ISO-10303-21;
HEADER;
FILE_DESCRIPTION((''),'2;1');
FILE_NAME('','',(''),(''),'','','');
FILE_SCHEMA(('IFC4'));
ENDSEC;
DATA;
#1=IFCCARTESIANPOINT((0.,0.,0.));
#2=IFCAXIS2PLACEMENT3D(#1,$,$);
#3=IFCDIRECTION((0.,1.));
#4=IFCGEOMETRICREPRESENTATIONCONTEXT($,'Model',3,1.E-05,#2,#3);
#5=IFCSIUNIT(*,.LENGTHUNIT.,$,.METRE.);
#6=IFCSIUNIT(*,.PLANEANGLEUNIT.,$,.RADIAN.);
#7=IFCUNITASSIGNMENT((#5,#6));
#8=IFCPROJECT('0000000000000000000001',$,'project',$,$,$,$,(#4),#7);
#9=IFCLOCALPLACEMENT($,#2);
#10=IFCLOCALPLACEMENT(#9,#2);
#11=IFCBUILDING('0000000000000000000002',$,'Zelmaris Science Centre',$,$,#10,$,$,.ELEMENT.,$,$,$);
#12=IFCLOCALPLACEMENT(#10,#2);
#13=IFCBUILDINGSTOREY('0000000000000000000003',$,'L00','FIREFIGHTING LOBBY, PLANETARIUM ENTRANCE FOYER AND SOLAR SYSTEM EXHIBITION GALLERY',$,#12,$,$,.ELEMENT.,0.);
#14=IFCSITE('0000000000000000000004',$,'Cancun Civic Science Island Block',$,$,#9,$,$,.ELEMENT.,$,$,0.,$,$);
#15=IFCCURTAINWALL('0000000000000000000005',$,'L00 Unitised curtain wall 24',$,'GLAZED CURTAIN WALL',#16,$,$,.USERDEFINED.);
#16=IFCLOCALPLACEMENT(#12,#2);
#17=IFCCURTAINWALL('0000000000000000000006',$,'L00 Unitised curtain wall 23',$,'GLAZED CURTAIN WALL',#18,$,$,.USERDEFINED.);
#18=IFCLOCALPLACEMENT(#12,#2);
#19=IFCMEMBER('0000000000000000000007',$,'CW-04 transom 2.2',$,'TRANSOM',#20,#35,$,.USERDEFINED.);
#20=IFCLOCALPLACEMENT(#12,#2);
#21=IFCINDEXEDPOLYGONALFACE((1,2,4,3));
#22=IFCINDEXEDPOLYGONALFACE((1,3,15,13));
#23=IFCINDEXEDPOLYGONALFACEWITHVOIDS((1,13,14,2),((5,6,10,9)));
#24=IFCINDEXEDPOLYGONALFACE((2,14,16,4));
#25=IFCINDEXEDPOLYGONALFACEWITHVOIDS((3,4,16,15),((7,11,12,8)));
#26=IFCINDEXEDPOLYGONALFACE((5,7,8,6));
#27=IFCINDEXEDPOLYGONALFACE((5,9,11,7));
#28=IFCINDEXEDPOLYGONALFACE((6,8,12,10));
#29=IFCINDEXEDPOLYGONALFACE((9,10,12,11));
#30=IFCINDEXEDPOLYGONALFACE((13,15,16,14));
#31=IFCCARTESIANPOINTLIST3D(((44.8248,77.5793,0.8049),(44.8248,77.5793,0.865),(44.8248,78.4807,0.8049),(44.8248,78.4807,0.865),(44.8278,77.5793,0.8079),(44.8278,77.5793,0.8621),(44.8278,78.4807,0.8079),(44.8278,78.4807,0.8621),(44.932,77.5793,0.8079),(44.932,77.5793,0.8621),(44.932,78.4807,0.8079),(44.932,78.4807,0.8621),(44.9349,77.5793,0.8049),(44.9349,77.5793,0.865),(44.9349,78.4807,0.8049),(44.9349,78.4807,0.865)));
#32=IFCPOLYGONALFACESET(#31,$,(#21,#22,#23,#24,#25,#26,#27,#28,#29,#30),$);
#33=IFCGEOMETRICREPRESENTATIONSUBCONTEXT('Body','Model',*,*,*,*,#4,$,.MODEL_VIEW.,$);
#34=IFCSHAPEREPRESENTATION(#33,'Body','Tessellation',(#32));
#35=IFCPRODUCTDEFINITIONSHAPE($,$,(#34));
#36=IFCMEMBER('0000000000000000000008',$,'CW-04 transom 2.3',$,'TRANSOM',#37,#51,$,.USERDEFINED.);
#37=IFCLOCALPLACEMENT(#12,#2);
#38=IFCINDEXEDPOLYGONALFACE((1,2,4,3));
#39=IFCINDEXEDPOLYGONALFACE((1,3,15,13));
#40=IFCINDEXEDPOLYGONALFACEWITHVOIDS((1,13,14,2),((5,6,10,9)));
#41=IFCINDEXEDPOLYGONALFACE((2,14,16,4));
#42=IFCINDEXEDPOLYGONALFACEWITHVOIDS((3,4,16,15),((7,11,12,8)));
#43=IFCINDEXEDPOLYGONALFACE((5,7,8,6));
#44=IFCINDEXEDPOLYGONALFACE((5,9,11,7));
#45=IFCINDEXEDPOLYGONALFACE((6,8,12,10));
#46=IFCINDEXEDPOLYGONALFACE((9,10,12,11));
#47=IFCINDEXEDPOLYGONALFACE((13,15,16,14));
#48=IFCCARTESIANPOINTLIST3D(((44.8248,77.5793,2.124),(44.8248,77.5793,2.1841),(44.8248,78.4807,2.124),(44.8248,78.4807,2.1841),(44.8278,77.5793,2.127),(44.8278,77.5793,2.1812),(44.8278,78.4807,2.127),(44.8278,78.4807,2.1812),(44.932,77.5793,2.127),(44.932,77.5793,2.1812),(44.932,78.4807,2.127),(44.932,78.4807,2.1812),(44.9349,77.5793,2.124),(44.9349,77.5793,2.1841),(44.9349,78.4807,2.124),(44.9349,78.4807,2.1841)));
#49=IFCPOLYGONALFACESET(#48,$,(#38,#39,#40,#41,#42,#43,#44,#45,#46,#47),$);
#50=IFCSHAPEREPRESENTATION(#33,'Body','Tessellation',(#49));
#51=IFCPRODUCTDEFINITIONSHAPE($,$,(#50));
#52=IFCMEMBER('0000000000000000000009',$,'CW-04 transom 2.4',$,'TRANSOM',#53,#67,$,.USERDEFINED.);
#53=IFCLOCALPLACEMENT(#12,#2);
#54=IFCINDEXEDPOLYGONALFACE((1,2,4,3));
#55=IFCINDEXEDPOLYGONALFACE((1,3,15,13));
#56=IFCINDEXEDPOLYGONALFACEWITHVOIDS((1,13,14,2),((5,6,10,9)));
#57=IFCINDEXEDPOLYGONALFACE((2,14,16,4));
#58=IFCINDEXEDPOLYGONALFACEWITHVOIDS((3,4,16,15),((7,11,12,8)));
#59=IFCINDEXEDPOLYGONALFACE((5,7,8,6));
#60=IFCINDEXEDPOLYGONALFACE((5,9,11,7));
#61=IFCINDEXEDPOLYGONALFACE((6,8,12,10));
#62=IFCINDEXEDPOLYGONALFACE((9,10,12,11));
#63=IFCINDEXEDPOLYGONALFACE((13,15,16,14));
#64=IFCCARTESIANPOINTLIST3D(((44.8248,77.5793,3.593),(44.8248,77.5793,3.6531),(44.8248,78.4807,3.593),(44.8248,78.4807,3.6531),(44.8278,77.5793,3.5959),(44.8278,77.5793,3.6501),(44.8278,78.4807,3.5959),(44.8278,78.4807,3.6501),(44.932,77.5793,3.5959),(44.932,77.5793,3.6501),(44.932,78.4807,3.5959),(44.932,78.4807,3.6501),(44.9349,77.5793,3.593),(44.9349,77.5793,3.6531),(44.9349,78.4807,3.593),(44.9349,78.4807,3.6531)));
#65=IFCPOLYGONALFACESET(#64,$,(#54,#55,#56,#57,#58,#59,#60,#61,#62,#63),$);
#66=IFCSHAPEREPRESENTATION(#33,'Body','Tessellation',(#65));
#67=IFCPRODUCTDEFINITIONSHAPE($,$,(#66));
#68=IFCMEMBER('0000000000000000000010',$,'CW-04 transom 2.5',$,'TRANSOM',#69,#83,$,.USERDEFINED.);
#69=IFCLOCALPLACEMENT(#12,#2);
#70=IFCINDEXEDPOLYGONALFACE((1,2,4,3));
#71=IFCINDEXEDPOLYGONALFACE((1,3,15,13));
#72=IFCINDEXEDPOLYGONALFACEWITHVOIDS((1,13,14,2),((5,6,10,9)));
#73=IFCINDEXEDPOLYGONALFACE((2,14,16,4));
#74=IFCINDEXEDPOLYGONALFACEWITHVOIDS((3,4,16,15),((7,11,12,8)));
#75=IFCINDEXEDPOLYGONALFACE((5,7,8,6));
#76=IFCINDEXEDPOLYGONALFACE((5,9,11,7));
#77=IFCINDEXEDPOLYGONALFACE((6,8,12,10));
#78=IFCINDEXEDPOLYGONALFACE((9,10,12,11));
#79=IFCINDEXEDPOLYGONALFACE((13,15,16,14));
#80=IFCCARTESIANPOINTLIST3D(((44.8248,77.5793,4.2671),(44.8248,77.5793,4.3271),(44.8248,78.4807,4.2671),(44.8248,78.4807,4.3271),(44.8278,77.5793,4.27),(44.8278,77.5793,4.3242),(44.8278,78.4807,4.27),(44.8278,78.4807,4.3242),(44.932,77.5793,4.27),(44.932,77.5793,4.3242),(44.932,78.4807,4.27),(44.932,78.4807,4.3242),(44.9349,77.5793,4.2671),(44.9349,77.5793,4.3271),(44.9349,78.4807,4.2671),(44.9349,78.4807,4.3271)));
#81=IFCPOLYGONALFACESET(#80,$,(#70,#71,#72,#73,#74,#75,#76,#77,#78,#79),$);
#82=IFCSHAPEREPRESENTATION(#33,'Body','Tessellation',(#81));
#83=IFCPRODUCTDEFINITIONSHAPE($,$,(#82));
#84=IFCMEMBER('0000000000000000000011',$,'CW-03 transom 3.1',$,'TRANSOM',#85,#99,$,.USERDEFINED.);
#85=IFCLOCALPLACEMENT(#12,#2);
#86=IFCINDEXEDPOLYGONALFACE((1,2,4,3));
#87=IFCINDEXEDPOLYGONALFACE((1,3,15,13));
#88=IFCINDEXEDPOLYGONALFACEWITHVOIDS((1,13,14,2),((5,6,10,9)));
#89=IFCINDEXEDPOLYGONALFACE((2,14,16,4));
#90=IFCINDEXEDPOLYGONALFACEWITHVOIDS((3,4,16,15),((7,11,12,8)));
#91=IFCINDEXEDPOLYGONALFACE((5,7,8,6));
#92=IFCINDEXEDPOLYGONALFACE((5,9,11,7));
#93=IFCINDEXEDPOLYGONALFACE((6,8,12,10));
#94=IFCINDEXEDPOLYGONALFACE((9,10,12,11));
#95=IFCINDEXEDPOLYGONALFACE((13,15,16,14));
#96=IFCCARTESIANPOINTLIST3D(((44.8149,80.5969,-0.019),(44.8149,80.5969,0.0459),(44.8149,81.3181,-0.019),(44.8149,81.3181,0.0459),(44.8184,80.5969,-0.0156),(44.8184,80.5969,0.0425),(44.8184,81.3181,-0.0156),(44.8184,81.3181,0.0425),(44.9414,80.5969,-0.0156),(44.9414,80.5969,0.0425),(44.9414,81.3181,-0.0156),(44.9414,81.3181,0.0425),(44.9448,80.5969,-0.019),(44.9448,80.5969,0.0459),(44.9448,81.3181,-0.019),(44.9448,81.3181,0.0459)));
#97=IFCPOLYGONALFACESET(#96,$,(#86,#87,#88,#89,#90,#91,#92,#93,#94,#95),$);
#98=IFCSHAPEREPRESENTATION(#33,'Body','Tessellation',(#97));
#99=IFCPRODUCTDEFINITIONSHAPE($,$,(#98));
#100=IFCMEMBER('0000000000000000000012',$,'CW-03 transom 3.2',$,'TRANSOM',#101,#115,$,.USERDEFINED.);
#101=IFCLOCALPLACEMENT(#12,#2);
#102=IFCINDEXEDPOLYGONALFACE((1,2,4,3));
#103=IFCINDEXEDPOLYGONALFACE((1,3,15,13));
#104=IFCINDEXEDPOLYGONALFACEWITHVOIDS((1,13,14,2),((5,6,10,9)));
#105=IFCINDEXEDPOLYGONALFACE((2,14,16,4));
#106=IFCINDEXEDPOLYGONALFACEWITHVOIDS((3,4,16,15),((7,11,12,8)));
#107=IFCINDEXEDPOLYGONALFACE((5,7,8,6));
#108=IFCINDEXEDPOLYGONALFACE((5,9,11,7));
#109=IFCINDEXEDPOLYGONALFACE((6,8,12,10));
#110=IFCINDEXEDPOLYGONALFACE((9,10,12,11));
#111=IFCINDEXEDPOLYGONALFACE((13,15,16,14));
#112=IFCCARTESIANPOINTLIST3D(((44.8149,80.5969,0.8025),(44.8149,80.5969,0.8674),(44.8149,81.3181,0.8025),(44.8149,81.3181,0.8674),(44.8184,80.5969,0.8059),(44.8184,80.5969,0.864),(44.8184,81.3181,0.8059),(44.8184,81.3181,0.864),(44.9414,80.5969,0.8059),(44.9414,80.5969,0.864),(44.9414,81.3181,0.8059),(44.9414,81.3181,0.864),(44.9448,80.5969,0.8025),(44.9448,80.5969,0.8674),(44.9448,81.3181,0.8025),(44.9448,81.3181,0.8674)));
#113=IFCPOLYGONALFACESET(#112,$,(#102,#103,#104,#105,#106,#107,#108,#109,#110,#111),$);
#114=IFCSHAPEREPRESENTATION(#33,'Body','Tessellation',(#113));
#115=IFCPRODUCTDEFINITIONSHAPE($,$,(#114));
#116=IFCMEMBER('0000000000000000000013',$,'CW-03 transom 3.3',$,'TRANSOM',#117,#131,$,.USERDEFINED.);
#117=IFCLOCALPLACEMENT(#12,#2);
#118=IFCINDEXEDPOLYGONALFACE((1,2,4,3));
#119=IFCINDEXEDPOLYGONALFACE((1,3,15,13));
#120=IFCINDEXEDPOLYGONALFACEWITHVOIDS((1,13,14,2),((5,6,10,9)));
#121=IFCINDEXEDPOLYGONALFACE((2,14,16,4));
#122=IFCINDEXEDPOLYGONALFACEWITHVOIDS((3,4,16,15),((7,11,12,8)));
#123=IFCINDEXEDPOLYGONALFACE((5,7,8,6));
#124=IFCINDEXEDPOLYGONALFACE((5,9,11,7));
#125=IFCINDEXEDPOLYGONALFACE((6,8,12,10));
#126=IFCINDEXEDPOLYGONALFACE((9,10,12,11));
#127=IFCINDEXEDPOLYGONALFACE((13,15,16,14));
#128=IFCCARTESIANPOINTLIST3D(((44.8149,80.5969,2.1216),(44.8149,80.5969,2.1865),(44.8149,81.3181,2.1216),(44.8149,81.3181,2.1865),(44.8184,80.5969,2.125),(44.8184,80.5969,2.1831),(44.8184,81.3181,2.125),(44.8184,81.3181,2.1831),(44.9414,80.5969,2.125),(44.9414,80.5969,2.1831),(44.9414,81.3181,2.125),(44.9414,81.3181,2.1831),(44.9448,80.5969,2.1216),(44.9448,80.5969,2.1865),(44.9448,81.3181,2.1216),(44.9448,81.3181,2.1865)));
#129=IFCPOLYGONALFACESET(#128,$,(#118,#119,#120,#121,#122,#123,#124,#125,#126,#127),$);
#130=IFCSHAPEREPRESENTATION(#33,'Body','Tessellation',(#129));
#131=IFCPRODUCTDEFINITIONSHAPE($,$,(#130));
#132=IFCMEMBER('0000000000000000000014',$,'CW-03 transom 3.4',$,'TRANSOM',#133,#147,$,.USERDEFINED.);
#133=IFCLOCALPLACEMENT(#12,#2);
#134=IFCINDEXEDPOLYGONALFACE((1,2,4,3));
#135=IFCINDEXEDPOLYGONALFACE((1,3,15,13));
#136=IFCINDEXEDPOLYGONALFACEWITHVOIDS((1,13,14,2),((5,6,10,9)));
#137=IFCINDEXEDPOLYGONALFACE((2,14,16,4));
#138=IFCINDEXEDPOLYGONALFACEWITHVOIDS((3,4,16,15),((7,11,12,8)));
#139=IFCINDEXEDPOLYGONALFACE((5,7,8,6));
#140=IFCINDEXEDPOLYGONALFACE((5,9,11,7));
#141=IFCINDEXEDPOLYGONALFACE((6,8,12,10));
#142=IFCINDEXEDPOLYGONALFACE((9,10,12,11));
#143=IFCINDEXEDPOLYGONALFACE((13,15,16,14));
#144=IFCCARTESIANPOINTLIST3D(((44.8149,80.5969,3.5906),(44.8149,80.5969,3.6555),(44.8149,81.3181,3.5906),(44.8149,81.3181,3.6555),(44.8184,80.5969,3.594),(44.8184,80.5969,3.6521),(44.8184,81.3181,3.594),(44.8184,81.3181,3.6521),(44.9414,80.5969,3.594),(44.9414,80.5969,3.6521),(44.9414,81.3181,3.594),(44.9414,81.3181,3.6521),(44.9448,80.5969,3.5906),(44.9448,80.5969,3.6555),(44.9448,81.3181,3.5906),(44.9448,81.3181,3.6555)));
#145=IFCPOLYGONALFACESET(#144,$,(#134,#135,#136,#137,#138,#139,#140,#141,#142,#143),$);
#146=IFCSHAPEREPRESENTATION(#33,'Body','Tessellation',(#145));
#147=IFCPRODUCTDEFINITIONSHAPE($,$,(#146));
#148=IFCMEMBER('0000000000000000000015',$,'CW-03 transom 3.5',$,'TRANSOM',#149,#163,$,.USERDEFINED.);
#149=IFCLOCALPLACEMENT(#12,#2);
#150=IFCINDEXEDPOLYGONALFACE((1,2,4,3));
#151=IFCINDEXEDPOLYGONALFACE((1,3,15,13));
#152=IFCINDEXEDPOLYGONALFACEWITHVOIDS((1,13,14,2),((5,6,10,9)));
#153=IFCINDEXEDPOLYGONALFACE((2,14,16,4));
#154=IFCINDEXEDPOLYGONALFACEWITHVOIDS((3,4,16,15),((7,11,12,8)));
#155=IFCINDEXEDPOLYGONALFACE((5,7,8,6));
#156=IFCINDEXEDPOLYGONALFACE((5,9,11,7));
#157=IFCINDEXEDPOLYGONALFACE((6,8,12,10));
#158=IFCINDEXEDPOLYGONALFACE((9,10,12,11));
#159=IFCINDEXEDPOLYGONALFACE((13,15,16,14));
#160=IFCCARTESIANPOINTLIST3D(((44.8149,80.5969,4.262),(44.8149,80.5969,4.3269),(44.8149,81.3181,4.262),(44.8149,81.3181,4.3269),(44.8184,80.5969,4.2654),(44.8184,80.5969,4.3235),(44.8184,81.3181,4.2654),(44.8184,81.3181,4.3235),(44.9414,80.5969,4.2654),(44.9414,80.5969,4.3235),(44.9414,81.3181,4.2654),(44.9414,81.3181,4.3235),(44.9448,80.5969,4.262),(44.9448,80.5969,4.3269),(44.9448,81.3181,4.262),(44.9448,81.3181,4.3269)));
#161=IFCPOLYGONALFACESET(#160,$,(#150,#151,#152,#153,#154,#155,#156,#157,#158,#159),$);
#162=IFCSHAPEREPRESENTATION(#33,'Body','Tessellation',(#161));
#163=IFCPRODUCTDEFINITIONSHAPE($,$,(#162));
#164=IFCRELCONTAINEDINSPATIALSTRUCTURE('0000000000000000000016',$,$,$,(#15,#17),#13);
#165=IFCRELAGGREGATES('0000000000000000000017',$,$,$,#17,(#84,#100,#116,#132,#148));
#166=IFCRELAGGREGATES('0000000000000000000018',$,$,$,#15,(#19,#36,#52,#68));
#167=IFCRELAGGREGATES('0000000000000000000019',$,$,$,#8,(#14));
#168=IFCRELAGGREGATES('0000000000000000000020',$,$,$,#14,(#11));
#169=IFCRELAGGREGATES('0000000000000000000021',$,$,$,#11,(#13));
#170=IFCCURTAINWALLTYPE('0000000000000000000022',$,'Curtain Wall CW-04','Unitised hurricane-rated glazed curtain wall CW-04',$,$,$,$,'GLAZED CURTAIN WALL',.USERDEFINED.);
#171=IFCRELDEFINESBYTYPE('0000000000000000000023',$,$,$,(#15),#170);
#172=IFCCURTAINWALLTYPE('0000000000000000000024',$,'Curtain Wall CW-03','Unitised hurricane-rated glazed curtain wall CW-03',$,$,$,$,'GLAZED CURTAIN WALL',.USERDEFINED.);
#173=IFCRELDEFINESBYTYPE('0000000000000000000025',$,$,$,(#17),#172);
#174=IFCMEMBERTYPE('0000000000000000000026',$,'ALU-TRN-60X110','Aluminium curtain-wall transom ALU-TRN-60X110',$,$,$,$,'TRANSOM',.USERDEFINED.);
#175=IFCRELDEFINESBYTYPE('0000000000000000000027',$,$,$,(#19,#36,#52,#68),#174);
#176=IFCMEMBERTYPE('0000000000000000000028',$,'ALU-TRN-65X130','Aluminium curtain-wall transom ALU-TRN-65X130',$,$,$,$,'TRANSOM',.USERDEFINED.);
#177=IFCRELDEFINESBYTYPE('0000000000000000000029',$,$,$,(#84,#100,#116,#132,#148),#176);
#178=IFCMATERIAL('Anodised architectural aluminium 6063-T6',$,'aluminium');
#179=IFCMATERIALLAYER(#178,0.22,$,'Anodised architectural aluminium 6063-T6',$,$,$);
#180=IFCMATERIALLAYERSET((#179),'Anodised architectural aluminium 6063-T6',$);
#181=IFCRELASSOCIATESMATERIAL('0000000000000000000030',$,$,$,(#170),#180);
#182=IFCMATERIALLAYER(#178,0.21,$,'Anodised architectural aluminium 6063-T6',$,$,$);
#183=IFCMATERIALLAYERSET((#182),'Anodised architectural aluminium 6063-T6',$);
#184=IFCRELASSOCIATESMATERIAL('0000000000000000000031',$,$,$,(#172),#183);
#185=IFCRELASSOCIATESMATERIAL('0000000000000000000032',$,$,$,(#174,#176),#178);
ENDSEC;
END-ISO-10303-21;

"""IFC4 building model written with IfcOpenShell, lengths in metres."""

from ifc_helpers import new_model, si_unit, direction, frame, origin, origin_2d, place, context, subcontext, project, spatial, hollow_rectangle, extrude, material, layer, layer_set, material_profile, profile_set, type_object, element, aggregate, save


model = new_model("IFC4")

# Units and contexts
model_context = context("Model", 3, precision=1e-05, world=origin(), true_north=direction((0.0, 1.0)))
body_context = subcontext(model_context, "Body", "Model", "MODEL_VIEW")
ifc_project = project(units=[si_unit("LENGTHUNIT", "METRE"), si_unit("PLANEANGLEUNIT", "RADIAN")], contexts=[model_context])

# Site, building, storey
site_placement = place(None, origin())
site = spatial("IfcSite", under=ifc_project, at=site_placement, Name="Cancun Civic Science Island Block", CompositionType="ELEMENT", RefElevation=0.0)
building_placement = place(site_placement, origin())
building = spatial("IfcBuilding", under=site, at=building_placement, Name="Zelmaris Science Centre", CompositionType="ELEMENT")
storey_placement = place(building_placement, origin())
storey = spatial("IfcBuildingStorey", under=building, at=storey_placement, Name="L00", Description="FIREFIGHTING LOBBY, PLANETARIUM ENTRANCE FOYER AND SOLAR SYSTEM EXHIBITION GALLERY", CompositionType="ELEMENT", Elevation=0.0)

# Curtain walls
ifc_material_1 = material(Name="Anodised architectural aluminium 6063-T6", Category="aluminium")
ifc_layer_1 = layer(ifc_material_1, 0.22, Name="Anodised architectural aluminium 6063-T6")
ifc_layer_set_1 = layer_set([ifc_layer_1], Name="Anodised architectural aluminium 6063-T6")
curtain_wall_type_1 = type_object("IfcCurtainWallType", Name="Curtain Wall CW-04", Description="Unitised hurricane-rated glazed curtain wall CW-04", ElementType="GLAZED CURTAIN WALL", PredefinedType="USERDEFINED", material=ifc_layer_set_1)
curtain_wall_1_placement = place(storey_placement, origin())
curtain_wall_1 = element("IfcCurtainWall", 1, at=curtain_wall_1_placement, inside=storey, type_object=curtain_wall_type_1, Name="L00 Unitised curtain wall 24", ObjectType="GLAZED CURTAIN WALL", PredefinedType="USERDEFINED")
ifc_layer_2 = layer(ifc_material_1, 0.21, Name="Anodised architectural aluminium 6063-T6")
ifc_layer_set_2 = layer_set([ifc_layer_2], Name="Anodised architectural aluminium 6063-T6")
curtain_wall_type_2 = type_object("IfcCurtainWallType", Name="Curtain Wall CW-03", Description="Unitised hurricane-rated glazed curtain wall CW-03", ElementType="GLAZED CURTAIN WALL", PredefinedType="USERDEFINED", material=ifc_layer_set_2)
curtain_wall_2_placement = place(storey_placement, origin())
curtain_wall_2 = element("IfcCurtainWall", 2, at=curtain_wall_2_placement, inside=storey, type_object=curtain_wall_type_2, Name="L00 Unitised curtain wall 23", ObjectType="GLAZED CURTAIN WALL", PredefinedType="USERDEFINED")

# Members
ifc_material_profile_1 = material_profile(ifc_material_1, hollow_rectangle(XDim=0.0601, YDim=0.1101, WallThickness=0.0029, at=origin_2d()), Name="ALU-TRN-60X110")
ifc_profile_set_1 = profile_set([ifc_material_profile_1], Name="Anodised architectural aluminium 6063-T6")
member_type_1 = type_object("IfcMemberType", Name="ALU-TRN-60X110", Description="Aluminium curtain-wall transom ALU-TRN-60X110", ElementType="TRANSOM", PredefinedType="USERDEFINED", material=ifc_profile_set_1)
member_1_placement = place(storey_placement, frame((44.8799, 78.4807, 0.835), z_axis=(0.0, -1.0, 0.0), x_axis=(0.0, 0.0, 1.0)))
member_1 = element("IfcMember", 3, at=member_1_placement, type_object=member_type_1, Name="CW-04 transom 2.2", ObjectType="TRANSOM", PredefinedType="USERDEFINED", context=body_context, shape_type="SweptSolid", body=[
    extrude(hollow_rectangle(XDim=0.0601, YDim=0.1101, WallThickness=0.0029, at=origin_2d()), origin(), (0.0, 0.0, 1.0), 0.9014),
])
member_2_placement = place(storey_placement, frame((44.8799, 78.4807, 2.1541), z_axis=(0.0, -1.0, 0.0), x_axis=(0.0, 0.0, 1.0)))
member_2 = element("IfcMember", 4, at=member_2_placement, type_object=member_type_1, Name="CW-04 transom 2.3", ObjectType="TRANSOM", PredefinedType="USERDEFINED", context=body_context, shape_type="SweptSolid", body=[
    extrude(hollow_rectangle(XDim=0.0601, YDim=0.1101, WallThickness=0.0029, at=origin_2d()), origin(), (0.0, 0.0, 1.0), 0.9014),
])
member_3_placement = place(storey_placement, frame((44.8799, 78.4807, 3.623), z_axis=(0.0, -1.0, 0.0), x_axis=(0.0, 0.0, 1.0)))
member_3 = element("IfcMember", 5, at=member_3_placement, type_object=member_type_1, Name="CW-04 transom 2.4", ObjectType="TRANSOM", PredefinedType="USERDEFINED", context=body_context, shape_type="SweptSolid", body=[
    extrude(hollow_rectangle(XDim=0.0601, YDim=0.1101, WallThickness=0.0029, at=origin_2d()), origin(), (0.0, 0.0, 1.0), 0.9014),
])
member_4_placement = place(storey_placement, frame((44.8799, 78.4807, 4.2971), z_axis=(0.0, -1.0, 0.0), x_axis=(0.0, 0.0, 1.0)))
member_4 = element("IfcMember", 6, at=member_4_placement, type_object=member_type_1, Name="CW-04 transom 2.5", ObjectType="TRANSOM", PredefinedType="USERDEFINED", context=body_context, shape_type="SweptSolid", body=[
    extrude(hollow_rectangle(XDim=0.0601, YDim=0.1101, WallThickness=0.0029, at=origin_2d()), origin(), (0.0, 0.0, 1.0), 0.9014),
])
ifc_material_profile_2 = material_profile(ifc_material_1, hollow_rectangle(XDim=0.0649, YDim=0.1299, WallThickness=0.0034, at=origin_2d()), Name="ALU-TRN-65X130")
ifc_profile_set_2 = profile_set([ifc_material_profile_2], Name="Anodised architectural aluminium 6063-T6")
member_type_2 = type_object("IfcMemberType", Name="ALU-TRN-65X130", Description="Aluminium curtain-wall transom ALU-TRN-65X130", ElementType="TRANSOM", PredefinedType="USERDEFINED", material=ifc_profile_set_2)
member_5_placement = place(storey_placement, frame((44.8799, 81.3181, 0.0134), z_axis=(0.0, -1.0, 0.0), x_axis=(0.0, 0.0, 1.0)))
member_5 = element("IfcMember", 7, at=member_5_placement, type_object=member_type_2, Name="CW-03 transom 3.1", ObjectType="TRANSOM", PredefinedType="USERDEFINED", context=body_context, shape_type="SweptSolid", body=[
    extrude(hollow_rectangle(XDim=0.0649, YDim=0.1299, WallThickness=0.0034, at=origin_2d()), origin(), (0.0, 0.0, 1.0), 0.7212),
])
member_6_placement = place(storey_placement, frame((44.8799, 81.3181, 0.835), z_axis=(0.0, -1.0, 0.0), x_axis=(0.0, 0.0, 1.0)))
member_6 = element("IfcMember", 8, at=member_6_placement, type_object=member_type_2, Name="CW-03 transom 3.2", ObjectType="TRANSOM", PredefinedType="USERDEFINED", context=body_context, shape_type="SweptSolid", body=[
    extrude(hollow_rectangle(XDim=0.0649, YDim=0.1299, WallThickness=0.0034, at=origin_2d()), origin(), (0.0, 0.0, 1.0), 0.7212),
])
member_7_placement = place(storey_placement, frame((44.8799, 81.3181, 2.1541), z_axis=(0.0, -1.0, 0.0), x_axis=(0.0, 0.0, 1.0)))
member_7 = element("IfcMember", 9, at=member_7_placement, type_object=member_type_2, Name="CW-03 transom 3.3", ObjectType="TRANSOM", PredefinedType="USERDEFINED", context=body_context, shape_type="SweptSolid", body=[
    extrude(hollow_rectangle(XDim=0.0649, YDim=0.1299, WallThickness=0.0034, at=origin_2d()), origin(), (0.0, 0.0, 1.0), 0.7212),
])
member_8_placement = place(storey_placement, frame((44.8799, 81.3181, 3.623), z_axis=(0.0, -1.0, 0.0), x_axis=(0.0, 0.0, 1.0)))
member_8 = element("IfcMember", 10, at=member_8_placement, type_object=member_type_2, Name="CW-03 transom 3.4", ObjectType="TRANSOM", PredefinedType="USERDEFINED", context=body_context, shape_type="SweptSolid", body=[
    extrude(hollow_rectangle(XDim=0.0649, YDim=0.1299, WallThickness=0.0034, at=origin_2d()), origin(), (0.0, 0.0, 1.0), 0.7212),
])
member_9_placement = place(storey_placement, frame((44.8799, 81.3181, 4.2944), z_axis=(0.0, -1.0, 0.0), x_axis=(0.0, 0.0, 1.0)))
member_9 = element("IfcMember", 11, at=member_9_placement, type_object=member_type_2, Name="CW-03 transom 3.5", ObjectType="TRANSOM", PredefinedType="USERDEFINED", context=body_context, shape_type="SweptSolid", body=[
    extrude(hollow_rectangle(XDim=0.0649, YDim=0.1299, WallThickness=0.0034, at=origin_2d()), origin(), (0.0, 0.0, 1.0), 0.7212),
])

aggregate(curtain_wall_2, [member_5, member_6, member_7, member_8, member_9])
aggregate(curtain_wall_1, [member_1, member_2, member_3, member_4])

save(model, "model.ifc")
